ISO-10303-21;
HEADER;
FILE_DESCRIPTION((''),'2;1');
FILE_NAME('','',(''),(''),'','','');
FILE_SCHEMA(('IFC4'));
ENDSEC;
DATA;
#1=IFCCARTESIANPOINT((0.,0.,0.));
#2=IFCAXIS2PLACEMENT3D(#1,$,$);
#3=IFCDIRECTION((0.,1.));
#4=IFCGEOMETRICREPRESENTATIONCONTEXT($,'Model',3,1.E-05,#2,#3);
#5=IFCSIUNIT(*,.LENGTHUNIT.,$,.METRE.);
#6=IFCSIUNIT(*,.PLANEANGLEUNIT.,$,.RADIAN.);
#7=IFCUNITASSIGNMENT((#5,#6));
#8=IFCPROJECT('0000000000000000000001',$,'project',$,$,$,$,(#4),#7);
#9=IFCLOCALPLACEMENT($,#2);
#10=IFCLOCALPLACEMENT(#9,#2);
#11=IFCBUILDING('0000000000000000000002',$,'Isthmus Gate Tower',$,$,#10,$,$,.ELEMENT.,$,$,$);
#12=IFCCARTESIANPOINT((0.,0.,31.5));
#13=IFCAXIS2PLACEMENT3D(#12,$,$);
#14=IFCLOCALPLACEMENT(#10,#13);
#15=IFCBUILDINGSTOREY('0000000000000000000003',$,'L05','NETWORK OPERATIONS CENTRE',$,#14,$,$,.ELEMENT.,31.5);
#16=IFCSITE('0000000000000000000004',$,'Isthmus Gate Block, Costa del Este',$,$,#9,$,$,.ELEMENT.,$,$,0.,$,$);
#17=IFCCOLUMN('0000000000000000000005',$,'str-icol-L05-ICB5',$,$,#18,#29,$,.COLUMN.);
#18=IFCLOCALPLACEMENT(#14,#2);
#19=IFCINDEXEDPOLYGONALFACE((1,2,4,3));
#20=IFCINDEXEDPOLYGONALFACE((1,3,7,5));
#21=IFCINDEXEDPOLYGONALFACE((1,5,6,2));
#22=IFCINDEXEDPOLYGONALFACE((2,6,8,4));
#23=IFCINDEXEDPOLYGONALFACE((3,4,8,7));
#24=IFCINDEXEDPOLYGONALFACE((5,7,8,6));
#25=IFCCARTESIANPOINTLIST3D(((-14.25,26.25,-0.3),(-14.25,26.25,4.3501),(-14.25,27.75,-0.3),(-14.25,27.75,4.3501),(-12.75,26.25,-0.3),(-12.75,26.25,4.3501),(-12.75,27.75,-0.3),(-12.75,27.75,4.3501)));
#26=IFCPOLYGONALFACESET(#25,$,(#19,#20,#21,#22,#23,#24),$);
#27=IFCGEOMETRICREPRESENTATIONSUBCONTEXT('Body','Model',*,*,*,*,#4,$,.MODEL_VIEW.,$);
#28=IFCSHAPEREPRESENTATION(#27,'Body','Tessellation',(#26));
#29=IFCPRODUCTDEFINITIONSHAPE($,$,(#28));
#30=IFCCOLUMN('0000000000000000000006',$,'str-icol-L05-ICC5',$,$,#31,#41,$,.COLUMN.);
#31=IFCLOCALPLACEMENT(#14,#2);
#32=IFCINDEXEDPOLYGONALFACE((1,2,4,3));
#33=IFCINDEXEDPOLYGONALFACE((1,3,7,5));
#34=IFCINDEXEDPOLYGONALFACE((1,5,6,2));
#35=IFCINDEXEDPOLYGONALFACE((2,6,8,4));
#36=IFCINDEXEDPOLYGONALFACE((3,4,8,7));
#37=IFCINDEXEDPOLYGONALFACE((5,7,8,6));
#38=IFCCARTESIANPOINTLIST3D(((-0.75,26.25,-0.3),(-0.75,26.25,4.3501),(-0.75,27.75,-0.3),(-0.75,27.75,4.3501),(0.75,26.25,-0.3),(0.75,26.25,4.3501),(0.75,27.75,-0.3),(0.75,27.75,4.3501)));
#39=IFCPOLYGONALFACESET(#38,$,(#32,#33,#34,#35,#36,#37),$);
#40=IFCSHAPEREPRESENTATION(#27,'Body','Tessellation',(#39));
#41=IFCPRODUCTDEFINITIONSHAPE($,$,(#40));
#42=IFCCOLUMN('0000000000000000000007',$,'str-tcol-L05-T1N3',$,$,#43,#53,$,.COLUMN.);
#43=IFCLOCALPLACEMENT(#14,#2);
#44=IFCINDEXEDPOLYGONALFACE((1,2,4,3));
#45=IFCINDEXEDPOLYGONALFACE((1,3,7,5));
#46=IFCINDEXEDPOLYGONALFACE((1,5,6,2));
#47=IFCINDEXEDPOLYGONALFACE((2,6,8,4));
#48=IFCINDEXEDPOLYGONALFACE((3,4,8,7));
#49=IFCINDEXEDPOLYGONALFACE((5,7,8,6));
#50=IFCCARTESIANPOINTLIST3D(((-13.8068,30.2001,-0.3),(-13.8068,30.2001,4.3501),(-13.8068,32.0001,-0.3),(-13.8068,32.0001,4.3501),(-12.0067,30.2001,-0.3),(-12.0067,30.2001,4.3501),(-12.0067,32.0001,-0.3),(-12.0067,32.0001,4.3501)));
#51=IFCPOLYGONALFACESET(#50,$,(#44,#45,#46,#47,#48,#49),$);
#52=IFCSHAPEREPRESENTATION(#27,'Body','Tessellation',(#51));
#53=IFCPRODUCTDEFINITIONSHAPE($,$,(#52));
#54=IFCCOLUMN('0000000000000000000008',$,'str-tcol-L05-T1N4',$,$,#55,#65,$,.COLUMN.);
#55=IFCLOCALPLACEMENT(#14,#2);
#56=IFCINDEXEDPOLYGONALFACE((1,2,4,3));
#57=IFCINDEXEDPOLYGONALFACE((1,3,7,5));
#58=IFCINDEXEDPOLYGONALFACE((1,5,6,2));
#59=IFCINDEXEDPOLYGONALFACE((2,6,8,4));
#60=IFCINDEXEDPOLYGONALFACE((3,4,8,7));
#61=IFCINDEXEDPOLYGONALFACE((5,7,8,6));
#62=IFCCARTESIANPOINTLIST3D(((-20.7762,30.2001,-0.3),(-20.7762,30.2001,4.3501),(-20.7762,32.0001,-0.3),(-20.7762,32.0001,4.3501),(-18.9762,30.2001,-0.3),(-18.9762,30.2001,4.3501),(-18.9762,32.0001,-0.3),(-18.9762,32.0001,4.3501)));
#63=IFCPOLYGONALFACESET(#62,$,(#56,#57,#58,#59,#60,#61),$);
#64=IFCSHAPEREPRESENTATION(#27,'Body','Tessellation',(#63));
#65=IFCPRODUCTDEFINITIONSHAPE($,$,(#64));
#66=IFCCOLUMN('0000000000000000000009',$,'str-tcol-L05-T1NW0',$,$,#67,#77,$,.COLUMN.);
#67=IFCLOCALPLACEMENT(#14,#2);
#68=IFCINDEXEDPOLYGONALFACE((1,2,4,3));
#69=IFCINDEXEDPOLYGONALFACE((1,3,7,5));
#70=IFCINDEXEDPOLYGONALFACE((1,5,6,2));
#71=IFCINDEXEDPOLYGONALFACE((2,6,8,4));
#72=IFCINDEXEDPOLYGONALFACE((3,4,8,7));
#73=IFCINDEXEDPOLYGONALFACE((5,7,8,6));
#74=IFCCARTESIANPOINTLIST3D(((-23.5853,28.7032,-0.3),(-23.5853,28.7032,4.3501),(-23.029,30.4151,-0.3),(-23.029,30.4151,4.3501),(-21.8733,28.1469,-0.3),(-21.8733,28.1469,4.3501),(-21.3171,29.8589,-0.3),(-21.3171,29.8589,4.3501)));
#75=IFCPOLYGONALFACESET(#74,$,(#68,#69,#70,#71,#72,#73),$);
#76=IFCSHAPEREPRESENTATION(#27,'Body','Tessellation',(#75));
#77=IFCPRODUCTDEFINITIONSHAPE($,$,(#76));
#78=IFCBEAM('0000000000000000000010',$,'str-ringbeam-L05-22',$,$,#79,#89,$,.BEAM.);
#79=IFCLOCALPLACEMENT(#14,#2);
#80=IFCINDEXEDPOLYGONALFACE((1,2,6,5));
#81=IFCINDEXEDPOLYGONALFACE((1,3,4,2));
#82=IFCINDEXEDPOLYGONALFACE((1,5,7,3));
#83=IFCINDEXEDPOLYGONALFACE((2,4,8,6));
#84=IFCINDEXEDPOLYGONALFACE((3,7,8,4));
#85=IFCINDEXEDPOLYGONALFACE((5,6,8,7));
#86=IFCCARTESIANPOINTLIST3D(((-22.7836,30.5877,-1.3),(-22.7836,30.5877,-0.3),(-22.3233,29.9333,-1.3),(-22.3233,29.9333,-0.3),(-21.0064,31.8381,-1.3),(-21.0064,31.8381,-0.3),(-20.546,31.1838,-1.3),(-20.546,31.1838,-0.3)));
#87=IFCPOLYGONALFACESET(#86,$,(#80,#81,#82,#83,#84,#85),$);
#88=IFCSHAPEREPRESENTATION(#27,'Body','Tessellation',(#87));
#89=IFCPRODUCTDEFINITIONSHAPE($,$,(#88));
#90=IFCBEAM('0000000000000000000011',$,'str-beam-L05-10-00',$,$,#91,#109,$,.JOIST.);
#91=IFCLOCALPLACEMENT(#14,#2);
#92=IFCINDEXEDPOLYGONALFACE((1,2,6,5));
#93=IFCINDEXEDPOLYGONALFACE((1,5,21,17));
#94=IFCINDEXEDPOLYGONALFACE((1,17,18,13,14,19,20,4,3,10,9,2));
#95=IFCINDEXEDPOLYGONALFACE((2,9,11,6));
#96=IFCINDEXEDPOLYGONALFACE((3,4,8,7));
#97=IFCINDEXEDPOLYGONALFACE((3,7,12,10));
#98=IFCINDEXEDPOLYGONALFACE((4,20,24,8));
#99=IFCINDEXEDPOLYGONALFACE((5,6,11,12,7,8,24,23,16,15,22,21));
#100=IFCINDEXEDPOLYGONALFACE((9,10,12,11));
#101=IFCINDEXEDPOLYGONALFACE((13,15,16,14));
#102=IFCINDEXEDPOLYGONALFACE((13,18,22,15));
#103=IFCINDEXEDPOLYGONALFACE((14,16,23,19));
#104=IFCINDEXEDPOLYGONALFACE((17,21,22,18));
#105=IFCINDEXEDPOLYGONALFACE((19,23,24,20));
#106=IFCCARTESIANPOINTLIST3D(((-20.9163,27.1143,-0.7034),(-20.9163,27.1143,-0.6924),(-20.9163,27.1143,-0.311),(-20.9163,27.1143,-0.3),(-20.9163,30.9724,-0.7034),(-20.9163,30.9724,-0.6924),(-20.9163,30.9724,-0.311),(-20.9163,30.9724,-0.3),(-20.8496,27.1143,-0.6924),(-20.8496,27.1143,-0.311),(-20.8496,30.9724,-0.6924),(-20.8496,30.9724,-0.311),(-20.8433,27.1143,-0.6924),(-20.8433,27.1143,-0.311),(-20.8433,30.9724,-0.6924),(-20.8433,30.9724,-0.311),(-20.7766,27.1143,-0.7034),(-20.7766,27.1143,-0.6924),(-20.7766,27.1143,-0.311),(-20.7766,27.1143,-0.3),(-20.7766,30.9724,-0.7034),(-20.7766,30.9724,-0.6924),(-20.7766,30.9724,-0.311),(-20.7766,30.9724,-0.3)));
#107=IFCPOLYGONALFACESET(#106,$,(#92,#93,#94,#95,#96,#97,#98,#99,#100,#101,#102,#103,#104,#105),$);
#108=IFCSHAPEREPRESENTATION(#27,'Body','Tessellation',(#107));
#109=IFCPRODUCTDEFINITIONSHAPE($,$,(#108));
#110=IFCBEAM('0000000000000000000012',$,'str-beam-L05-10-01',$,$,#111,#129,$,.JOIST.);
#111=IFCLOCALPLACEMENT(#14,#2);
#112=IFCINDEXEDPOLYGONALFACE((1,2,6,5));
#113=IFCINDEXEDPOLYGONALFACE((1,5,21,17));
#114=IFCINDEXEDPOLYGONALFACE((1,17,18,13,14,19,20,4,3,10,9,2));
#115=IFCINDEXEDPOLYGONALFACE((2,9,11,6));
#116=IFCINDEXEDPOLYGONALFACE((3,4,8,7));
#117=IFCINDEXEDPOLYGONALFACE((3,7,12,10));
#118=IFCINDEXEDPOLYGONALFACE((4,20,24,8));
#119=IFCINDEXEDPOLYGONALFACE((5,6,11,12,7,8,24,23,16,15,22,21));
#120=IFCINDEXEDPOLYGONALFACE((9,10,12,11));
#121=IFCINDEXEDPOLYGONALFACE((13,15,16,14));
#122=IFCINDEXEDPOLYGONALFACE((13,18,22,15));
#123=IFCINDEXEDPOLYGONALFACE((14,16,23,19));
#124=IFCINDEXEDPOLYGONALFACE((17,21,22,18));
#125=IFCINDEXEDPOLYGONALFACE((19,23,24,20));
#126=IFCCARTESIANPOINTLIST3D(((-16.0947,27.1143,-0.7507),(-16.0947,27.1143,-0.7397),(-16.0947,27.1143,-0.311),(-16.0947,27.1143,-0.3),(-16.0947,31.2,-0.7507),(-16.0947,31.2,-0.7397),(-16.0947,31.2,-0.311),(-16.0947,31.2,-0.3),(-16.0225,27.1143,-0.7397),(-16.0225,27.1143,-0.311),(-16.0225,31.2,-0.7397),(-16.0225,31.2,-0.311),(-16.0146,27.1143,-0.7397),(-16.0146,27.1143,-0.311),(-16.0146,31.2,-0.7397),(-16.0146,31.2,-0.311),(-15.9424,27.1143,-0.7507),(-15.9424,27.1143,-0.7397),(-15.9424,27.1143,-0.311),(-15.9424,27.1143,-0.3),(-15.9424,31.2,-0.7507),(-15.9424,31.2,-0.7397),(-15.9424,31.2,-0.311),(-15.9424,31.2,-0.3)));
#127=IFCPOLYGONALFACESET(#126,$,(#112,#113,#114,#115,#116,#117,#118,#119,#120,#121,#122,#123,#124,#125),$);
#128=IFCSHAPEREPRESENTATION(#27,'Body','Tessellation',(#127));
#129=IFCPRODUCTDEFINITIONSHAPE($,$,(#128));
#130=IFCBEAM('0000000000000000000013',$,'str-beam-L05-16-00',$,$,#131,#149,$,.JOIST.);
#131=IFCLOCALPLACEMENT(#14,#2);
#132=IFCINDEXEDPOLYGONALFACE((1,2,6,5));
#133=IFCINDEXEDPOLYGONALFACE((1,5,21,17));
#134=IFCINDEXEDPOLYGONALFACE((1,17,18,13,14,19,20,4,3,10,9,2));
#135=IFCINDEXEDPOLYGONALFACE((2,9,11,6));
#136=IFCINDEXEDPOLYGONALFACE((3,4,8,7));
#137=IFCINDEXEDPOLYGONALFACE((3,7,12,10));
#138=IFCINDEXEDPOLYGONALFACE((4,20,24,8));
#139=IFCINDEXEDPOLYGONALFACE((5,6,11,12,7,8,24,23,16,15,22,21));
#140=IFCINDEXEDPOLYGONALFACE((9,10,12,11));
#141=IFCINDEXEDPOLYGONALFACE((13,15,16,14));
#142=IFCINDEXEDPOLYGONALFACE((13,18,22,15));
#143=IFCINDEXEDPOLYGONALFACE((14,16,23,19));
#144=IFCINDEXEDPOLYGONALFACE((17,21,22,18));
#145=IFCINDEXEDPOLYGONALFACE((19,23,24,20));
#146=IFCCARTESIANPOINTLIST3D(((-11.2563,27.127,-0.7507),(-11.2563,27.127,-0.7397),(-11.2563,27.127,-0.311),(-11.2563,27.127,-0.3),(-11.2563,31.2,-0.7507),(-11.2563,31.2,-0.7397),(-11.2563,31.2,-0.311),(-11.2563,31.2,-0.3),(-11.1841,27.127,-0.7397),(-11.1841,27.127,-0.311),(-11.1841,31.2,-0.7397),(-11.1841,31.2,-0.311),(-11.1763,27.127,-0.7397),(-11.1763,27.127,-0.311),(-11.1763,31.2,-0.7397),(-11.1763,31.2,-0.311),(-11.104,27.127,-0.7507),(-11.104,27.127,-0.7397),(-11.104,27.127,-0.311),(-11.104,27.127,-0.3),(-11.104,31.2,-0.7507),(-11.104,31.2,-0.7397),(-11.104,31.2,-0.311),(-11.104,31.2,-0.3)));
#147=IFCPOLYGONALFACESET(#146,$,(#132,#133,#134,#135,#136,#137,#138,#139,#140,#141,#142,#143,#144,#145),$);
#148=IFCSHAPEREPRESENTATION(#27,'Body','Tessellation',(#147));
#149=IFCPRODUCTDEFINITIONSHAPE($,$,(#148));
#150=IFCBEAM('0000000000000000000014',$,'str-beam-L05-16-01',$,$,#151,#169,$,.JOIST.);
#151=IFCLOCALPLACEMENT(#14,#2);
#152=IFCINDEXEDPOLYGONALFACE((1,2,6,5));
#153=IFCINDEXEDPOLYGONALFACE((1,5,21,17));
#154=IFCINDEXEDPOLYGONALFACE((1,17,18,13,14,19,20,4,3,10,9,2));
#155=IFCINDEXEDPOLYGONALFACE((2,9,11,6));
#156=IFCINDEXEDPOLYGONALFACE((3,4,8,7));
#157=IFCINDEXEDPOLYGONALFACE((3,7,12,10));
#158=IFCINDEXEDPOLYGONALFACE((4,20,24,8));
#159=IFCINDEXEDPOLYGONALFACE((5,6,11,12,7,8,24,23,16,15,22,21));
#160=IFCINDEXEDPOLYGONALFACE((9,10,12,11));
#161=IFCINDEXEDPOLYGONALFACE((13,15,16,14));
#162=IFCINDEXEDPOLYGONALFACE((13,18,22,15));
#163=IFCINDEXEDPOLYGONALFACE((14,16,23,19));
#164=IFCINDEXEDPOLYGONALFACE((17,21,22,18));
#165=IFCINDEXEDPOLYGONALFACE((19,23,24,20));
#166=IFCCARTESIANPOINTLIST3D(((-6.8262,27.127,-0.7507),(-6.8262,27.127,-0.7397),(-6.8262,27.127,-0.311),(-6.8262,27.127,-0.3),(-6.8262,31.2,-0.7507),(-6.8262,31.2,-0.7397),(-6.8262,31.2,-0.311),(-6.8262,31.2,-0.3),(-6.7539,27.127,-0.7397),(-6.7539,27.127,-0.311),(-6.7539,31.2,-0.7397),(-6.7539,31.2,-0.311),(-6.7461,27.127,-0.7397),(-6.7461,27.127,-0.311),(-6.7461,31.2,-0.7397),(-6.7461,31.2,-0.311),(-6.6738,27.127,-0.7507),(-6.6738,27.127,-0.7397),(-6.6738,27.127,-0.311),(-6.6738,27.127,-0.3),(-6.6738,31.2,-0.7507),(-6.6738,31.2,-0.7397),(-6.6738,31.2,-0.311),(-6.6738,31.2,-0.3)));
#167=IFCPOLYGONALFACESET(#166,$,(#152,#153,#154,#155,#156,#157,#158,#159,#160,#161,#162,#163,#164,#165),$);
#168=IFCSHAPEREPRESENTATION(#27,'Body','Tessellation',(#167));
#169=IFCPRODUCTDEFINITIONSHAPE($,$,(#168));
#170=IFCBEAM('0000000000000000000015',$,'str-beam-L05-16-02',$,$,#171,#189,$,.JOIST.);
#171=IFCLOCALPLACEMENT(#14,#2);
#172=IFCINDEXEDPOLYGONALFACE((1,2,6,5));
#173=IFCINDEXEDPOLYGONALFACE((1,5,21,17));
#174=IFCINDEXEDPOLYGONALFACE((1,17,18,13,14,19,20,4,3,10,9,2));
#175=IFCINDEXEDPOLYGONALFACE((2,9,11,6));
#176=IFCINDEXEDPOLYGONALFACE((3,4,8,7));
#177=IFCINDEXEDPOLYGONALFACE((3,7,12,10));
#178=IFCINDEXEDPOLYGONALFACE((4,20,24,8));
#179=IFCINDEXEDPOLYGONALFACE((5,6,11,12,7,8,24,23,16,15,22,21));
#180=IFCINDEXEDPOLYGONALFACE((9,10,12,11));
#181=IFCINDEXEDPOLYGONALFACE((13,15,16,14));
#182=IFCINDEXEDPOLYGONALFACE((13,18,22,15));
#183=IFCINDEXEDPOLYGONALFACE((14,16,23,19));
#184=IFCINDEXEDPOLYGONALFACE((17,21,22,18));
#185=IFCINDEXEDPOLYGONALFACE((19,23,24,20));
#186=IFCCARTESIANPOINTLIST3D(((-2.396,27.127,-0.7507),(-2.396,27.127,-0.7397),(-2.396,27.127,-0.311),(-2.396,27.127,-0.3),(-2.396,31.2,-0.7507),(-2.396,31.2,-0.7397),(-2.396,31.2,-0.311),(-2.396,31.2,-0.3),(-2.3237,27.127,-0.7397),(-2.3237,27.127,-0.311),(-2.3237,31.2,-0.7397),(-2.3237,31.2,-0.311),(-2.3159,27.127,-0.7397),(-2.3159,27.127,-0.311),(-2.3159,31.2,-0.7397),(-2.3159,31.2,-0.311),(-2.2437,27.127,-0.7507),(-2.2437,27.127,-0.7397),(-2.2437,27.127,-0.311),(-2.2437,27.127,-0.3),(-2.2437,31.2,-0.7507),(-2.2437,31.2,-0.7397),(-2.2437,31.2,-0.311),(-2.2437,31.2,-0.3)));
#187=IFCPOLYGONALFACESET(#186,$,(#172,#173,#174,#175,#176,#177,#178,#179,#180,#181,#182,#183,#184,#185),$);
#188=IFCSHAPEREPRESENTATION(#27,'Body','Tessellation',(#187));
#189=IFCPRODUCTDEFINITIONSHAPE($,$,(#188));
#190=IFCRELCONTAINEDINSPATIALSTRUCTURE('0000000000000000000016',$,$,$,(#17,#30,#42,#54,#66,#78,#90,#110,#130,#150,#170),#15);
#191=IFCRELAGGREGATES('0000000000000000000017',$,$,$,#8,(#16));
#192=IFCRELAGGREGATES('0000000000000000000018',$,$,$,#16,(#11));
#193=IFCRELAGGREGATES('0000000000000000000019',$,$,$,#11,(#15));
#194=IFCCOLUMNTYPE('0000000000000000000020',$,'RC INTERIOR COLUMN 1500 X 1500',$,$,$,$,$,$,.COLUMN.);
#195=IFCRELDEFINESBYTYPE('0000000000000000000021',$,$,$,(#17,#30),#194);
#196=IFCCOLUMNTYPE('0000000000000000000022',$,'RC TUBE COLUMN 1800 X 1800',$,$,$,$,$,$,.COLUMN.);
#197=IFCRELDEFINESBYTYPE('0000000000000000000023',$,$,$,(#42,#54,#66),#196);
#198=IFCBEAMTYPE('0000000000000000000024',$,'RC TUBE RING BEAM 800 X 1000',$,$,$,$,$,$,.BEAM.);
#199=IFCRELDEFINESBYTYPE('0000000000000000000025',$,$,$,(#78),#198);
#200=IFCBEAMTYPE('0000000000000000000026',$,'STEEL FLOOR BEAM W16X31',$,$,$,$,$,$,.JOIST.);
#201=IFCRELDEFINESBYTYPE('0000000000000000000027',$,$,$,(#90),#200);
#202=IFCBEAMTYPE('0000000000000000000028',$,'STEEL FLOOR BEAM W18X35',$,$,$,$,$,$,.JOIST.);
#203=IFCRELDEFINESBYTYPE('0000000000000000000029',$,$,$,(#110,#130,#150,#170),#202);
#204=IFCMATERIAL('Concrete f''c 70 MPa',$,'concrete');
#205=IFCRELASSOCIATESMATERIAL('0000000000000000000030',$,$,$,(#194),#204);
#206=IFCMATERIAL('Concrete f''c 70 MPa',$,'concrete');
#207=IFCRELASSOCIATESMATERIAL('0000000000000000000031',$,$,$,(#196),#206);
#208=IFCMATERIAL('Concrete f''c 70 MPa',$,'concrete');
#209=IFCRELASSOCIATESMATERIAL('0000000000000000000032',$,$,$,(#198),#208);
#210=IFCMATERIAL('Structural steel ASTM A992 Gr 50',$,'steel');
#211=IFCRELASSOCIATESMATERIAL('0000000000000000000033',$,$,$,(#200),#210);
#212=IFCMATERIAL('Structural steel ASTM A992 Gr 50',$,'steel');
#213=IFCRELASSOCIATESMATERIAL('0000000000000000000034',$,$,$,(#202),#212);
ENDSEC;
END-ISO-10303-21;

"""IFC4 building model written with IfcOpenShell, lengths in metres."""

from ifc_helpers import new_model, si_unit, direction, frame, origin, origin_2d, place, context, subcontext, project, spatial, rectangle, i_section, extrude, material, material_profile, profile_set, type_object, element, save


model = new_model("IFC4")

# Units and contexts
model_context = context("Model", 3, precision=1e-05, world=origin(), true_north=direction((0.0, 1.0)))
body_context = subcontext(model_context, "Body", "Model", "MODEL_VIEW")
ifc_project = project(units=[si_unit("LENGTHUNIT", "METRE"), si_unit("PLANEANGLEUNIT", "RADIAN")], contexts=[model_context])

# Site, building, storey
site_placement = place(None, origin())
site = spatial("IfcSite", under=ifc_project, at=site_placement, Name="Isthmus Gate Block, Costa del Este", CompositionType="ELEMENT", RefElevation=0.0)
building_placement = place(site_placement, origin())
building = spatial("IfcBuilding", under=site, at=building_placement, Name="Isthmus Gate Tower", CompositionType="ELEMENT")
storey_placement = place(building_placement, frame((0.0, 0.0, 31.5)))
storey = spatial("IfcBuildingStorey", under=building, at=storey_placement, Name="L05", Description="NETWORK OPERATIONS CENTRE", CompositionType="ELEMENT", Elevation=31.5)

# Columns
ifc_material_1 = material(Name="Concrete f'c 70 MPa", Category="concrete")
ifc_material_profile_1 = material_profile(ifc_material_1, rectangle(XDim=1.5, YDim=1.5, at=origin_2d()), Name="RC 1500X1500")
ifc_profile_set_1 = profile_set([ifc_material_profile_1], Name="Concrete f'c 70 MPa")
column_type_1 = type_object("IfcColumnType", Name="RC INTERIOR COLUMN 1500 X 1500", PredefinedType="COLUMN", material=ifc_profile_set_1)
for number, where, z_axis, x_axis, name in (
    (1, (-13.5, 27.0, -0.3), (0.0, 0.0, 1.0), (1.0, 0.0, 0.0), "str-icol-L05-ICB5"),
    (2, (0.0, 27.0, -0.3), (0.0, 0.0, 1.0), (1.0, 0.0, 0.0), "str-icol-L05-ICC5"),
):
    element("IfcColumn", number, at=place(storey_placement, frame(where, z_axis=z_axis, x_axis=x_axis)), inside=storey, type_object=column_type_1, Name=name, PredefinedType="COLUMN", context=body_context, shape_type="SweptSolid", body=[
        extrude(rectangle(XDim=1.5, YDim=1.5, at=origin_2d()), origin(), (0.0, 0.0, 1.0), 4.6501),
    ])
ifc_material_2 = material(Name="Concrete f'c 70 MPa", Category="concrete")
ifc_material_profile_2 = material_profile(ifc_material_2, rectangle(XDim=1.8, YDim=1.8, at=origin_2d()), Name="RC 1800X1800")
ifc_profile_set_2 = profile_set([ifc_material_profile_2], Name="Concrete f'c 70 MPa")
column_type_2 = type_object("IfcColumnType", Name="RC TUBE COLUMN 1800 X 1800", PredefinedType="COLUMN", material=ifc_profile_set_2)
for number, where, z_axis, x_axis, name in (
    (3, (-12.9067, 31.1001, -0.3), (0.0, 0.0, 1.0), (-1.0, 0.0, 0.0), "str-tcol-L05-T1N3"),
    (4, (-19.8762, 31.1001, -0.3), (0.0, 0.0, 1.0), (-1.0, 0.0, 0.0), "str-tcol-L05-T1N4"),
    (5, (-22.4512, 29.281, -0.3), (0.0, 0.0, 1.0), (-0.309017, -0.951057, 0.0), "str-tcol-L05-T1NW0"),
):
    element("IfcColumn", number, at=place(storey_placement, frame(where, z_axis=z_axis, x_axis=x_axis)), inside=storey, type_object=column_type_2, Name=name, PredefinedType="COLUMN", context=body_context, shape_type="SweptSolid", body=[
        extrude(rectangle(XDim=1.8, YDim=1.8, at=origin_2d()), origin(), (0.0, 0.0, 1.0), 4.6501),
    ])

# Beams
ifc_material_3 = material(Name="Concrete f'c 70 MPa", Category="concrete")
ifc_material_profile_3 = material_profile(ifc_material_3, rectangle(XDim=0.8, YDim=1.0, at=origin_2d()), Name="RC 800X1000")
ifc_profile_set_3 = profile_set([ifc_material_profile_3], Name="Concrete f'c 70 MPa")
beam_type_1 = type_object("IfcBeamType", Name="RC TUBE RING BEAM 800 X 1000", PredefinedType="BEAM", material=ifc_profile_set_3)
beam_1_placement = place(storey_placement, frame((-22.5535, 30.2605, -0.8), z_axis=(0.817857, 0.575421, 0.0), x_axis=(-0.575421, 0.817857, 0.0)))
element("IfcBeam", 6, at=beam_1_placement, inside=storey, type_object=beam_type_1, Name="str-ringbeam-L05-22", PredefinedType="BEAM", context=body_context, shape_type="SweptSolid", body=[
    extrude(rectangle(XDim=0.8, YDim=1.0, at=origin_2d()), origin(), (0.0, 0.0, 1.0), 2.1731),
])
ifc_material_4 = material(Name="Structural steel ASTM A992 Gr 50", Category="steel")
ifc_material_profile_4 = material_profile(ifc_material_4, i_section(OverallWidth=0.1396, OverallDepth=0.4033, WebThickness=0.0063, FlangeThickness=0.011, at=origin_2d()), Name="W16X31")
ifc_profile_set_4 = profile_set([ifc_material_profile_4], Name="Structural steel ASTM A992 Gr 50")
beam_type_2 = type_object("IfcBeamType", Name="STEEL FLOOR BEAM W16X31", PredefinedType="JOIST", material=ifc_profile_set_4)
beam_2_placement = place(storey_placement, frame((-20.8464, 27.1143, -0.5017), z_axis=(0.0, 1.0, 0.0), x_axis=(-1.0, 0.0, 0.0)))
element("IfcBeam", 7, at=beam_2_placement, inside=storey, type_object=beam_type_2, Name="str-beam-L05-10-00", PredefinedType="JOIST", context=body_context, shape_type="SweptSolid", body=[
    extrude(i_section(OverallWidth=0.1396, OverallDepth=0.4033, WebThickness=0.0063, FlangeThickness=0.011, at=origin_2d()), origin(), (0.0, 0.0, 1.0), 3.8582),
])
ifc_material_5 = material(Name="Structural steel ASTM A992 Gr 50", Category="steel")
ifc_material_profile_5 = material_profile(ifc_material_5, i_section(OverallWidth=0.1523, OverallDepth=0.4507, WebThickness=0.0078, FlangeThickness=0.011, at=origin_2d()), Name="W18X35")
ifc_profile_set_5 = profile_set([ifc_material_profile_5], Name="Structural steel ASTM A992 Gr 50")
beam_type_3 = type_object("IfcBeamType", Name="STEEL FLOOR BEAM W18X35", PredefinedType="JOIST", material=ifc_profile_set_5)
beam_3_placement = place(storey_placement, frame((-16.0186, 27.1143, -0.5254), z_axis=(0.0, 1.0, 0.0), x_axis=(-1.0, 0.0, 0.0)))
element("IfcBeam", 8, at=beam_3_placement, inside=storey, type_object=beam_type_3, Name="str-beam-L05-10-01", PredefinedType="JOIST", context=body_context, shape_type="SweptSolid", body=[
    extrude(i_section(OverallWidth=0.1523, OverallDepth=0.4507, WebThickness=0.0078, FlangeThickness=0.011, at=origin_2d()), origin(), (0.0, 0.0, 1.0), 4.0857),
])
for number, where, z_axis, x_axis, name in (
    (9, (-11.1802, 27.127, -0.5254), (0.0, 1.0, 0.0), (-1.0, 0.0, 0.0), "str-beam-L05-16-00"),
    (10, (-6.75, 27.127, -0.5254), (0.0, 1.0, 0.0), (-1.0, 0.0, 0.0), "str-beam-L05-16-01"),
    (11, (-2.3198, 27.127, -0.5254), (0.0, 1.0, 0.0), (-1.0, 0.0, 0.0), "str-beam-L05-16-02"),
):
    element("IfcBeam", number, at=place(storey_placement, frame(where, z_axis=z_axis, x_axis=x_axis)), inside=storey, type_object=beam_type_3, Name=name, PredefinedType="JOIST", context=body_context, shape_type="SweptSolid", body=[
        extrude(i_section(OverallWidth=0.1523, OverallDepth=0.4507, WebThickness=0.0078, FlangeThickness=0.011, at=origin_2d()), origin(), (0.0, 0.0, 1.0), 4.073),
    ])

save(model, "model.ifc")
